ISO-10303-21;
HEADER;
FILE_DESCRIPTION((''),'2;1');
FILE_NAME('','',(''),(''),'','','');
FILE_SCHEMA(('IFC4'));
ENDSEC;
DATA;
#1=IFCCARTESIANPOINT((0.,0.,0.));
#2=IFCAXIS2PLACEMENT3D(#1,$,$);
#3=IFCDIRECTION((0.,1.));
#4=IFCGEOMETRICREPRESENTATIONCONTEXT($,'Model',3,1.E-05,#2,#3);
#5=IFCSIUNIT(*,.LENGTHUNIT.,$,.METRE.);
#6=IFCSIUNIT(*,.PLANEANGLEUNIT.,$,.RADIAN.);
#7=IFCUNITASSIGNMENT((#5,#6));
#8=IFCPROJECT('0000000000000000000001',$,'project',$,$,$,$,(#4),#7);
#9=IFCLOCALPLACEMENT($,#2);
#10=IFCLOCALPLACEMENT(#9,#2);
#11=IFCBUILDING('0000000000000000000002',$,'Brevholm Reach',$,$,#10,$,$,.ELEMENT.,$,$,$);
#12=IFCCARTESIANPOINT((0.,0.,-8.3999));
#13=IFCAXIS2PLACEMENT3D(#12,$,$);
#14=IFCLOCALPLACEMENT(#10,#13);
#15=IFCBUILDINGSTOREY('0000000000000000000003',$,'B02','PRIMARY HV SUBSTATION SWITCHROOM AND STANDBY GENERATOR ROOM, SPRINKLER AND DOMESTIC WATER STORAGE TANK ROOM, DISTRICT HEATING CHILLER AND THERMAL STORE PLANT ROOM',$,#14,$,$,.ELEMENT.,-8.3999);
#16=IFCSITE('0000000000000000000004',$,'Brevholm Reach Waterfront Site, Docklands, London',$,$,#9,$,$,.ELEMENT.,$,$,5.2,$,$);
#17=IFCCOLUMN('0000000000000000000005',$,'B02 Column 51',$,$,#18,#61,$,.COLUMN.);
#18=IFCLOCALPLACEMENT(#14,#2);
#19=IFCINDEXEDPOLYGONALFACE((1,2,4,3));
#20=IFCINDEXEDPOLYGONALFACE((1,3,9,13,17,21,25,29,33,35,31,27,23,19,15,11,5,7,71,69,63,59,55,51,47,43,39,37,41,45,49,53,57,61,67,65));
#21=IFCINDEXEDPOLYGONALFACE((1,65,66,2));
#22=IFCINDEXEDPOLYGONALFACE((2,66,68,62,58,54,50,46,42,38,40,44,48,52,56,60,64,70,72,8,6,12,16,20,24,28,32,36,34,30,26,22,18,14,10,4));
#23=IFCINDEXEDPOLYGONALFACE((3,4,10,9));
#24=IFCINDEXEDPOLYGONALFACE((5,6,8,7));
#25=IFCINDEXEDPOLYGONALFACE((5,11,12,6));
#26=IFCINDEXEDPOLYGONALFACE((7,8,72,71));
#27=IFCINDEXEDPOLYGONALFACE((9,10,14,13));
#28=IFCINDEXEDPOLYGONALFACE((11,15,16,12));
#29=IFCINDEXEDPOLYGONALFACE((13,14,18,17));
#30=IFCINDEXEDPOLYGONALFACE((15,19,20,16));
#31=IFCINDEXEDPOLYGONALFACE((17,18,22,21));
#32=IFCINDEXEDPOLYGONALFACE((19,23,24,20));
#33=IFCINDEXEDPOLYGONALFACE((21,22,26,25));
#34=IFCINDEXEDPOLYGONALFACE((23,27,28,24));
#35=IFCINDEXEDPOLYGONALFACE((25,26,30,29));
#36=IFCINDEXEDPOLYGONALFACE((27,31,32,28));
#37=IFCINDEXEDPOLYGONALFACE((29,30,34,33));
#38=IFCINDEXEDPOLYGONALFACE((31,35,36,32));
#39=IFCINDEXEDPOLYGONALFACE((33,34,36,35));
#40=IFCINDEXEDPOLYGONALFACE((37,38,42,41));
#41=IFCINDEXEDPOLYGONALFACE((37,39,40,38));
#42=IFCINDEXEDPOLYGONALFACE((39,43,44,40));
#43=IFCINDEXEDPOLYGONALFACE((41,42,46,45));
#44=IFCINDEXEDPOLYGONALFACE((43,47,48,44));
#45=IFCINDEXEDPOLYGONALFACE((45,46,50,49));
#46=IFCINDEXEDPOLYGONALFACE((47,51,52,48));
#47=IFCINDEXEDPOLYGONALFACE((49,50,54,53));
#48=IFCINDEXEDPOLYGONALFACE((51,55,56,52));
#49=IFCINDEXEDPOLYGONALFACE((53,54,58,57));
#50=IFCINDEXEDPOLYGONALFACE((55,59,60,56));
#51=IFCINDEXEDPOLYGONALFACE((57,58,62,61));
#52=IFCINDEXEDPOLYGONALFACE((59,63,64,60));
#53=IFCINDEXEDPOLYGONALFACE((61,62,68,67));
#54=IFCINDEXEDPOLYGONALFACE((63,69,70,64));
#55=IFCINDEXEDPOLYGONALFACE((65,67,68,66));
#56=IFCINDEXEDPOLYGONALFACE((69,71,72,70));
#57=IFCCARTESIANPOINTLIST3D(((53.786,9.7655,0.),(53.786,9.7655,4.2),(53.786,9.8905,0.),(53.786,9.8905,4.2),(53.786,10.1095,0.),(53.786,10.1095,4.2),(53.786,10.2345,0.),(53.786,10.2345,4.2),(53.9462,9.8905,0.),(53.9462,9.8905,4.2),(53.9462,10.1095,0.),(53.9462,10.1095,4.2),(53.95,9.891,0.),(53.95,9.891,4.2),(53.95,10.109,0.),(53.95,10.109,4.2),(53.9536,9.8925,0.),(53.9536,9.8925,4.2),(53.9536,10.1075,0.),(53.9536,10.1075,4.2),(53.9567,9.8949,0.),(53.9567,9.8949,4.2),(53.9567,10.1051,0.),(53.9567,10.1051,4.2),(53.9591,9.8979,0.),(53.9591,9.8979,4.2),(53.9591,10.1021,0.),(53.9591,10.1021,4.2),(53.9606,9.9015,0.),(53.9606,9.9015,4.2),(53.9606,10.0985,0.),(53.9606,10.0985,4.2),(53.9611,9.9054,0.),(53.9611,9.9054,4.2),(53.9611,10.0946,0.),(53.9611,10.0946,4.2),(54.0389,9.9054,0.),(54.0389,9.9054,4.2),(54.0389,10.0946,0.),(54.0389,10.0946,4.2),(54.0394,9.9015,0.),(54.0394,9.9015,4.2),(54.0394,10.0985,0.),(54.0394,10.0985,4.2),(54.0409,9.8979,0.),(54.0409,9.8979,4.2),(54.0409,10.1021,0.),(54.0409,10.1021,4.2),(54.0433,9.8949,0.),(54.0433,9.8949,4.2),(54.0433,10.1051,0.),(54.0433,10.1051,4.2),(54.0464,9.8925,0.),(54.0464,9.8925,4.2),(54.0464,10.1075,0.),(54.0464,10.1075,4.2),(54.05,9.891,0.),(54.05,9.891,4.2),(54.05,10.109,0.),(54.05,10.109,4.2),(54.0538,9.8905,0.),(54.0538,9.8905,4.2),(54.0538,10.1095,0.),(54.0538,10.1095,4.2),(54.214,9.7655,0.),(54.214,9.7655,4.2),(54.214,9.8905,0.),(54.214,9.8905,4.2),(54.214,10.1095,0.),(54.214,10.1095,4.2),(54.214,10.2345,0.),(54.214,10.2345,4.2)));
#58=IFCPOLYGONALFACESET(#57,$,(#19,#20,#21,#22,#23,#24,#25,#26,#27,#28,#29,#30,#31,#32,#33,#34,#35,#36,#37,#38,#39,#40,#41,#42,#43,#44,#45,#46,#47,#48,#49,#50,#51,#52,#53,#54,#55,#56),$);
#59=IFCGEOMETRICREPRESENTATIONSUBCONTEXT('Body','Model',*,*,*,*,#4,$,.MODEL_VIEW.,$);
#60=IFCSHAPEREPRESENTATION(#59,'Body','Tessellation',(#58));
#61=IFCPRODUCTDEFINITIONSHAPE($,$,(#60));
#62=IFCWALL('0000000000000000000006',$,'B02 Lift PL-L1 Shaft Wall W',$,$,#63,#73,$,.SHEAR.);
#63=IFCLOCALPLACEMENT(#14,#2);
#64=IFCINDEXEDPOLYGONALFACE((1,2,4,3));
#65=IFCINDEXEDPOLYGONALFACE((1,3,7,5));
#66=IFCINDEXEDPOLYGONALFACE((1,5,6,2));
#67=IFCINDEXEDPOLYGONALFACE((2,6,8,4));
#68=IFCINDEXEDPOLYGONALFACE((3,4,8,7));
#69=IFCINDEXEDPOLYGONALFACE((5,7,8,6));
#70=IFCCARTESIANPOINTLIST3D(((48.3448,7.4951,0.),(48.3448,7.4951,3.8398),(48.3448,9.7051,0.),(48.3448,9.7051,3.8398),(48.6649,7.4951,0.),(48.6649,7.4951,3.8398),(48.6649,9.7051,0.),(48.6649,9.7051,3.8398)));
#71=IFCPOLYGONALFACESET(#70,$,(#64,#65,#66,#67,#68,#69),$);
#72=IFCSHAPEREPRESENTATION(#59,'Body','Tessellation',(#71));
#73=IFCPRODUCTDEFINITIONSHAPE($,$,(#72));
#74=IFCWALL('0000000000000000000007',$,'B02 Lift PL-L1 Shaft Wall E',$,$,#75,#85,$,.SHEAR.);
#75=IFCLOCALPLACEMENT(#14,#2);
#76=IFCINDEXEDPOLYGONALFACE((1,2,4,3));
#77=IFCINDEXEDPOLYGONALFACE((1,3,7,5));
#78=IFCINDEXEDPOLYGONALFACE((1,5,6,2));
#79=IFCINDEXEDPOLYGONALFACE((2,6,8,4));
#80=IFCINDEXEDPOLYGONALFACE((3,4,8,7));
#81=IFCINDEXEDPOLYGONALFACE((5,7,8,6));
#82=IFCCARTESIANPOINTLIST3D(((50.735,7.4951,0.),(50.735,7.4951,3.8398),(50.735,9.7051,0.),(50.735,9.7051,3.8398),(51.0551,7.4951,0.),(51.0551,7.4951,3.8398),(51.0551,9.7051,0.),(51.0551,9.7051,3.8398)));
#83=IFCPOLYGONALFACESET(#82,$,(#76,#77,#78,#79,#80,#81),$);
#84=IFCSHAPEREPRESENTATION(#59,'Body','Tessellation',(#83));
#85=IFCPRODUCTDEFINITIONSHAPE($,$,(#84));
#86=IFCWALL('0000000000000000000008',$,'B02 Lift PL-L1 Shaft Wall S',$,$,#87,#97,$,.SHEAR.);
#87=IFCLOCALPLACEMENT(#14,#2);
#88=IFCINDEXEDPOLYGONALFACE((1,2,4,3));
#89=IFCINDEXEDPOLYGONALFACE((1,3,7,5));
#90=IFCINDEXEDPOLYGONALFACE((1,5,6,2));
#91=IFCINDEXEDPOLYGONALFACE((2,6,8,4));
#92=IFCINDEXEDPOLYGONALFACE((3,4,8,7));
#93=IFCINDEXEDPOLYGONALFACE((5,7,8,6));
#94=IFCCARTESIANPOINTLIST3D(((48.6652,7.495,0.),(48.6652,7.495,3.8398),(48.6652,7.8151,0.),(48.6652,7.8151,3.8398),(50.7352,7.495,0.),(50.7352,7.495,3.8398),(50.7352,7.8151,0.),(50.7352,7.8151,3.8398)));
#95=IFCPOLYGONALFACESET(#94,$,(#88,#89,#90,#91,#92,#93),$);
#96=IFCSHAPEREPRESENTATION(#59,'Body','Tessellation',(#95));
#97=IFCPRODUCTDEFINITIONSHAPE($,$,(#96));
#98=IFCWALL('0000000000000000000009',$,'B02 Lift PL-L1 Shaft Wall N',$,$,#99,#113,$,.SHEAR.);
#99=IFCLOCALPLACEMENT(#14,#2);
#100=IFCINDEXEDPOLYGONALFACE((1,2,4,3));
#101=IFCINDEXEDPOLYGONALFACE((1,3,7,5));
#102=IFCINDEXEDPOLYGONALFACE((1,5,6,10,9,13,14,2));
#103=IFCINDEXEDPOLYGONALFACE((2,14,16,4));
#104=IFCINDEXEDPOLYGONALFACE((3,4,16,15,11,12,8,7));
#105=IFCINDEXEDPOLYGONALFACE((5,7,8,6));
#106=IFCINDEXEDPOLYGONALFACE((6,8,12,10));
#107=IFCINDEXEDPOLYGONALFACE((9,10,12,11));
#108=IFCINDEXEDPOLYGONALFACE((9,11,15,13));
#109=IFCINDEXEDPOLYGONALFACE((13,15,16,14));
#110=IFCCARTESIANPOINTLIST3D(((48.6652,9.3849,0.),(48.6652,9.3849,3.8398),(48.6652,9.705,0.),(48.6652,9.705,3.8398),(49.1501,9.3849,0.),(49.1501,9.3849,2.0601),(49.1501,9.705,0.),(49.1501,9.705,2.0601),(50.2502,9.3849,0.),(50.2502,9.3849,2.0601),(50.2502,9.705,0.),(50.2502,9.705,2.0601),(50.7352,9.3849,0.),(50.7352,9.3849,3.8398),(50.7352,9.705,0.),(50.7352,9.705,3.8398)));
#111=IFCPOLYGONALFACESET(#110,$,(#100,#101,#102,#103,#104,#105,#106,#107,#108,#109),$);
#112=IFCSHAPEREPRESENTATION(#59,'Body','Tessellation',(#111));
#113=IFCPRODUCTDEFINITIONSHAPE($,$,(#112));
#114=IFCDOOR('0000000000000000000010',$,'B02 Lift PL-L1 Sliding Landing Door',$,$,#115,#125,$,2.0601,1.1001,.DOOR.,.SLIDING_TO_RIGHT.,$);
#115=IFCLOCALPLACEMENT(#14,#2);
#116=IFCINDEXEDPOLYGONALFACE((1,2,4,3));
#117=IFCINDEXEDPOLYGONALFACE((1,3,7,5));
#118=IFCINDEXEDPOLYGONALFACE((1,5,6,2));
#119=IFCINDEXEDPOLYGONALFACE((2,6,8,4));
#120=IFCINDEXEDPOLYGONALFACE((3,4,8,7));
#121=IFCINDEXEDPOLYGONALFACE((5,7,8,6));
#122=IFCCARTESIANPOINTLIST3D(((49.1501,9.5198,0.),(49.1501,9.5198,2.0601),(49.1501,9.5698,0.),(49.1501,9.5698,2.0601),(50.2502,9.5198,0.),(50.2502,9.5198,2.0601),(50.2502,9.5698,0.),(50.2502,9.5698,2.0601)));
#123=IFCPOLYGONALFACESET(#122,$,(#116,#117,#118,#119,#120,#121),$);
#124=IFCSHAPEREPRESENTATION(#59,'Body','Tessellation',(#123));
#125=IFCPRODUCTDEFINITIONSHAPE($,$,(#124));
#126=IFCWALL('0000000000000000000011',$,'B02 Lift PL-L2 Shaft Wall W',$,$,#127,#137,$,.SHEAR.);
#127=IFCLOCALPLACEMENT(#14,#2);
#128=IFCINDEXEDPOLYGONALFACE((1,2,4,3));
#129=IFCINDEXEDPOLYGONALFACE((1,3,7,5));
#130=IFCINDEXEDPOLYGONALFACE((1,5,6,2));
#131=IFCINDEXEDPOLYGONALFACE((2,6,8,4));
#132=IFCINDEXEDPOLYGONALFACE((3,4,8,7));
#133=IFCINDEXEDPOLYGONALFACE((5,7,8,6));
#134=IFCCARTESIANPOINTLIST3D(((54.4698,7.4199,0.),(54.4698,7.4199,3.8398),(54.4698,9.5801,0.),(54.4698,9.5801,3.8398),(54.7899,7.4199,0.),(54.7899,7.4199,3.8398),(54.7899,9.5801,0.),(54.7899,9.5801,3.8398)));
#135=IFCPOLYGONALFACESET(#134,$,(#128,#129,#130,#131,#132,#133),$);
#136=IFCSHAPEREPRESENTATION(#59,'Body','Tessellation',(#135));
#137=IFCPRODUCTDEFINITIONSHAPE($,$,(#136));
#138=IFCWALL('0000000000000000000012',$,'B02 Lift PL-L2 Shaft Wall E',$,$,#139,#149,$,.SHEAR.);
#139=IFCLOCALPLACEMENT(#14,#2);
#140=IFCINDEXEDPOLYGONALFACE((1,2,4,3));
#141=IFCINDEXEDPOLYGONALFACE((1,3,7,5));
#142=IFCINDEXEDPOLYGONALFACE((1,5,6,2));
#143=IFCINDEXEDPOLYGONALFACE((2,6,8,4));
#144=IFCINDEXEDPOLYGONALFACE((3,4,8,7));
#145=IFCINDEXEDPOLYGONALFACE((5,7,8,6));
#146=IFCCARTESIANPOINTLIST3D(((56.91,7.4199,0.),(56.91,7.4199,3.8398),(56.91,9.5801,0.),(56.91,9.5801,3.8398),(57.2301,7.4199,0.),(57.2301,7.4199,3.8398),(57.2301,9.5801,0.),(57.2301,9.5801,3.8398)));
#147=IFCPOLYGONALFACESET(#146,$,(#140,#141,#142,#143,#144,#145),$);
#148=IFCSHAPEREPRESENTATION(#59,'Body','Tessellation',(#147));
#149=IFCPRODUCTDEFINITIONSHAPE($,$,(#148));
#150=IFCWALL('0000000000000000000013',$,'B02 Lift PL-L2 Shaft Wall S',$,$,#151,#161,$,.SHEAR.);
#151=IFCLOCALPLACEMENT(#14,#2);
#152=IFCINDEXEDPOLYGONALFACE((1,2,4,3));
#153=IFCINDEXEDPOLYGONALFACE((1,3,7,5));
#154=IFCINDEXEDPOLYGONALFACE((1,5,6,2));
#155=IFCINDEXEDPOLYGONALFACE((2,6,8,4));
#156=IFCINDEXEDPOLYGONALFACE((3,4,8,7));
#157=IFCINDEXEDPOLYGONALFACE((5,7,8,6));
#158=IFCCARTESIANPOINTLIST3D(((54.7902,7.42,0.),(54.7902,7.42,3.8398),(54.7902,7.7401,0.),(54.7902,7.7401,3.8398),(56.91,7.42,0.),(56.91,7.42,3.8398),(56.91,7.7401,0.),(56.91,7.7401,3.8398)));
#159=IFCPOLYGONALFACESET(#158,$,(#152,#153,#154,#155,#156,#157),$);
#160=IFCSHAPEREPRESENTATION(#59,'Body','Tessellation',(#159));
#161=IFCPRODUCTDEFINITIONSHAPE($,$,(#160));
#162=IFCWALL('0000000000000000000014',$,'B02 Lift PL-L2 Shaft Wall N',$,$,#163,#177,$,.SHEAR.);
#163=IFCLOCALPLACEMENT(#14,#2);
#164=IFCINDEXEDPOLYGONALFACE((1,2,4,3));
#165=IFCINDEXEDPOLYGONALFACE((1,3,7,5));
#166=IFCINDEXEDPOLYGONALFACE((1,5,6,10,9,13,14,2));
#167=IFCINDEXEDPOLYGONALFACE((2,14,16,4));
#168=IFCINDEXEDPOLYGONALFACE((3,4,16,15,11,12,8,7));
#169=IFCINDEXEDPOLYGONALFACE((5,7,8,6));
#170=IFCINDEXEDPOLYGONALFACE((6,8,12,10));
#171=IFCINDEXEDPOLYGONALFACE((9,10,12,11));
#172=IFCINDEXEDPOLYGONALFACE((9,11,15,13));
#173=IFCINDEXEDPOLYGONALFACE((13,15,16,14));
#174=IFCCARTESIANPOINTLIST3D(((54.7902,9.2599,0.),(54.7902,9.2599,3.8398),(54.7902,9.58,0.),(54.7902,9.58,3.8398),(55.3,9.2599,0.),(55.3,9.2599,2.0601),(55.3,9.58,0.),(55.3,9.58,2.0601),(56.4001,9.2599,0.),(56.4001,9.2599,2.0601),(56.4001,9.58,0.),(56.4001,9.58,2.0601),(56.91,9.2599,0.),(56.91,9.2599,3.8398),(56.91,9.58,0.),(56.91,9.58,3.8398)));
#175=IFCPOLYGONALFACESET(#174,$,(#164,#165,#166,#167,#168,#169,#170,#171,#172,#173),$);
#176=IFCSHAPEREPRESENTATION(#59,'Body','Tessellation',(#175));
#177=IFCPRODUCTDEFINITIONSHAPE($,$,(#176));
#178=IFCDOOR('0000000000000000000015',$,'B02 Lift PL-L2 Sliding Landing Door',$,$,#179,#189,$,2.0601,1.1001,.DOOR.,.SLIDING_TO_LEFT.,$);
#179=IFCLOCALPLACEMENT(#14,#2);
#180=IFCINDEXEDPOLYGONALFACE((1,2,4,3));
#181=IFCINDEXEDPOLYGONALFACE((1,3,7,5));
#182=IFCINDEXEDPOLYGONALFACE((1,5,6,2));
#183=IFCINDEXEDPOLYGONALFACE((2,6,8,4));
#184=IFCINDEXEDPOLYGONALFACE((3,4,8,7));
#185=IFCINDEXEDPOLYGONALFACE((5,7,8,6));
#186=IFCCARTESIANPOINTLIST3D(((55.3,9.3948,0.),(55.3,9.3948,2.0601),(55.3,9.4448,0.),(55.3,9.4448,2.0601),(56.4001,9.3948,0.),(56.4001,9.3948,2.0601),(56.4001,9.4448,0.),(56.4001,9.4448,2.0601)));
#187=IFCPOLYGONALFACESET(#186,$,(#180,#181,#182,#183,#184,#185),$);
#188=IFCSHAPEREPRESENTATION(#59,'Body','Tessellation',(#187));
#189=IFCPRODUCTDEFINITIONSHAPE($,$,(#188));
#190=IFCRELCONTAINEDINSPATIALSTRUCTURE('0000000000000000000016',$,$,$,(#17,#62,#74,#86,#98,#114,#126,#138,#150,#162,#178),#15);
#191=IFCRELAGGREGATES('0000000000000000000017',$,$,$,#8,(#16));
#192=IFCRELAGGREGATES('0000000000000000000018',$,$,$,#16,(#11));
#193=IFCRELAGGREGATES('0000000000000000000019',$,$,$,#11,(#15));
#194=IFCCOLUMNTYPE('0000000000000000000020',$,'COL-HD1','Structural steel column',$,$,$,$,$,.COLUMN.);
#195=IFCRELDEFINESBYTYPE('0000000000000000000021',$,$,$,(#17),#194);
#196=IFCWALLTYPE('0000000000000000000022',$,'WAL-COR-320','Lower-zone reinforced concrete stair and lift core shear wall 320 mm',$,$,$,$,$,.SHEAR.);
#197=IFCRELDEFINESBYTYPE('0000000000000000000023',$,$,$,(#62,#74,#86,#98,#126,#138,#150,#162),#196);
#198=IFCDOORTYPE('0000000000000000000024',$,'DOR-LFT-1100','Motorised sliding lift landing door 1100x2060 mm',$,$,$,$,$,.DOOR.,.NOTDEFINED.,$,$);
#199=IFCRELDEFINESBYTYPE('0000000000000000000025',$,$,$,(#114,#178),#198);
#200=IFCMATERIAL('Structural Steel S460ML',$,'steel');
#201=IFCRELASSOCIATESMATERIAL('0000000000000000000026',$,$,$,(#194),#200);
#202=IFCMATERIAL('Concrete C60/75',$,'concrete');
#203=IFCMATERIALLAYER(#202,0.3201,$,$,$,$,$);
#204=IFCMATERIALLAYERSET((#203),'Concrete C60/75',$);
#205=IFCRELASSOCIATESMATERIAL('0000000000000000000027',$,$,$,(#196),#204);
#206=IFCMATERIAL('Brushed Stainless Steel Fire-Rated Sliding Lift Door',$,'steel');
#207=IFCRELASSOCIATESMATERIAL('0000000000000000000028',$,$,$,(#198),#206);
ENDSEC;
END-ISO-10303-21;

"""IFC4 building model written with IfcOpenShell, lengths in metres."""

from ifc_helpers import new_model, si_unit, direction, frame, frame_2d, origin, origin_2d, place, context, subcontext, project, spatial, rectangle, i_section, extrude, material, layer, layer_set, material_profile, profile_set, type_object, element, fill, save


model = new_model("IFC4")

# Units and contexts
model_context = context("Model", 3, precision=1e-05, world=origin(), true_north=direction((0.0, 1.0)))
body_context = subcontext(model_context, "Body", "Model", "MODEL_VIEW")
ifc_project = project(units=[si_unit("LENGTHUNIT", "METRE"), si_unit("PLANEANGLEUNIT", "RADIAN")], contexts=[model_context])

# Site, building, storey
site_placement = place(None, origin())
site = spatial("IfcSite", under=ifc_project, at=site_placement, Name="Brevholm Reach Waterfront Site, Docklands, London", CompositionType="ELEMENT", RefElevation=5.2)
building_placement = place(site_placement, origin())
building = spatial("IfcBuilding", under=site, at=building_placement, Name="Brevholm Reach", CompositionType="ELEMENT")
storey_placement = place(building_placement, frame((0.0, 0.0, -8.3999)))
storey = spatial("IfcBuildingStorey", under=building, at=storey_placement, Name="B02", Description="PRIMARY HV SUBSTATION SWITCHROOM AND STANDBY GENERATOR ROOM, SPRINKLER AND DOMESTIC WATER STORAGE TANK ROOM, DISTRICT HEATING CHILLER AND THERMAL STORE PLANT ROOM", CompositionType="ELEMENT", Elevation=-8.3999)

# Column
ifc_material_1 = material(Name="Structural Steel S460ML", Category="steel")
ifc_material_profile_1 = material_profile(ifc_material_1, i_section(OverallWidth=0.428, OverallDepth=0.469, WebThickness=0.0779, FlangeThickness=0.125, FilletRadius=0.0149, at=origin_2d()), Name="HD 400x1086")
ifc_profile_set_1 = profile_set([ifc_material_profile_1], Name="Structural Steel S460ML")
column_type = type_object("IfcColumnType", Name="COL-HD1", Description="Structural steel column", PredefinedType="COLUMN", material=ifc_profile_set_1)
for number, where, z_axis, x_axis, name in (
    (1, (54.0, 10.0, 0.0), (0.0, 0.0, 1.0), (1.0, 0.0, 0.0), "B02 Column 51"),
):
    element("IfcColumn", number, at=place(storey_placement, frame(where, z_axis=z_axis, x_axis=x_axis)), inside=storey, type_object=column_type, Name=name, PredefinedType="COLUMN", context=body_context, shape_type="SweptSolid", body=[
        extrude(i_section(OverallWidth=0.428, OverallDepth=0.469, WebThickness=0.0779, FlangeThickness=0.125, FilletRadius=0.0149, at=origin_2d()), origin(), (0.0, 0.0, 1.0), 4.2),
    ])

# Walls
ifc_material_2 = material(Name="Concrete C60/75", Category="concrete")
ifc_layer_1 = layer(ifc_material_2, 0.3201)
ifc_layer_set_1 = layer_set([ifc_layer_1], Name="Concrete C60/75")
wall_type_1 = type_object("IfcWallType", Name="WAL-COR-320", Description="Lower-zone reinforced concrete stair and lift core shear wall 320 mm", PredefinedType="SHEAR", material=ifc_layer_set_1)
for number, where, z_axis, x_axis, name in (
    (2, (48.5049, 7.4951, 0.0), (0.0, 0.0, 1.0), (0.0, 1.0, 0.0), "B02 Lift PL-L1 Shaft Wall W"),
    (3, (50.895, 7.4951, 0.0), (0.0, 0.0, 1.0), (0.0, 1.0, 0.0), "B02 Lift PL-L1 Shaft Wall E"),
):
    element("IfcWall", number, at=place(storey_placement, frame(where, z_axis=z_axis, x_axis=x_axis)), inside=storey, type_object=wall_type_1, Name=name, PredefinedType="SHEAR", context=body_context, shape_type="SweptSolid", body=[
        extrude(rectangle(XDim=2.21, YDim=0.3201, at=frame_2d((1.105, 0.0))), origin(), (0.0, 0.0, 1.0), 3.8398),
    ])
wall_1_placement = place(storey_placement, frame((48.665, 7.655, 0.0), z_axis=(0.0, 0.0, 1.0), x_axis=(1.0, 0.0, 0.0)))
element("IfcWall", 4, at=wall_1_placement, inside=storey, type_object=wall_type_1, Name="B02 Lift PL-L1 Shaft Wall S", PredefinedType="SHEAR", context=body_context, shape_type="SweptSolid", body=[
    extrude(rectangle(XDim=2.0701, YDim=0.3201, at=frame_2d((1.0352, 0.0))), origin(), (0.0, 0.0, 1.0), 3.8398),
])

# Wall, opening, door
wall_2_placement = place(storey_placement, frame((48.665, 9.5449, 0.0), z_axis=(0.0, 0.0, 1.0), x_axis=(1.0, 0.0, 0.0)))
wall_2 = element("IfcWall", 5, at=wall_2_placement, inside=storey, type_object=wall_type_1, Name="B02 Lift PL-L1 Shaft Wall N", PredefinedType="SHEAR", context=body_context, shape_type="SweptSolid", body=[
    extrude(rectangle(XDim=2.0701, YDim=0.3201, at=frame_2d((1.0352, 0.0))), origin(), (0.0, 0.0, 1.0), 3.8398),
])
opening_1_placement = place(wall_2_placement, frame((0.4851, 0.0, 0.0)))
opening_1 = element("IfcOpeningElement", 6, at=opening_1_placement, cuts=wall_2, PredefinedType="OPENING", context=body_context, shape_type="SweptSolid", body=[
    extrude(rectangle(XDim=1.1001, YDim=2.0601, at=frame_2d((0.55, 1.03))), frame((0.0, 0.1699, 0.0), z_axis=(0.0, -1.0, 0.0), x_axis=(1.0, 0.0, 0.0)), (0.0, 0.0, 1.0), 0.3401),
])
ifc_material_3 = material(Name="Brushed Stainless Steel Fire-Rated Sliding Lift Door", Category="steel")
door_type_1 = type_object("IfcDoorType", Name="DOR-LFT-1100", Description="Motorised sliding lift landing door 1100x2060 mm", OperationType="NOTDEFINED", PredefinedType="DOOR", material=ifc_material_3)
door_1_placement = place(opening_1_placement, origin())
door_1 = element("IfcDoor", 7, at=door_1_placement, inside=storey, type_object=door_type_1, Name="B02 Lift PL-L1 Sliding Landing Door", OperationType="SLIDING_TO_RIGHT", OverallHeight=2.0601, OverallWidth=1.1001, PredefinedType="DOOR", context=body_context, shape_type="SweptSolid", body=[
    extrude(rectangle(XDim=1.1001, YDim=2.0601, at=frame_2d((0.55, 1.03))), frame((0.0, 0.0249, 0.0), z_axis=(0.0, -1.0, 0.0), x_axis=(1.0, 0.0, 0.0)), (0.0, 0.0, 1.0), 0.05),
])
fill(opening_1, door_1)

# Walls
for number, where, z_axis, x_axis, name in (
    (8, (54.6299, 7.4199, 0.0), (0.0, 0.0, 1.0), (0.0, 1.0, 0.0), "B02 Lift PL-L2 Shaft Wall W"),
    (9, (57.0701, 7.4199, 0.0), (0.0, 0.0, 1.0), (0.0, 1.0, 0.0), "B02 Lift PL-L2 Shaft Wall E"),
):
    element("IfcWall", number, at=place(storey_placement, frame(where, z_axis=z_axis, x_axis=x_axis)), inside=storey, type_object=wall_type_1, Name=name, PredefinedType="SHEAR", context=body_context, shape_type="SweptSolid", body=[
        extrude(rectangle(XDim=2.1602, YDim=0.3201, at=frame_2d((1.0801, 0.0))), origin(), (0.0, 0.0, 1.0), 3.8398),
    ])
wall_3_placement = place(storey_placement, frame((54.79, 7.5801, 0.0), z_axis=(0.0, 0.0, 1.0), x_axis=(1.0, 0.0, 0.0)))
element("IfcWall", 10, at=wall_3_placement, inside=storey, type_object=wall_type_1, Name="B02 Lift PL-L2 Shaft Wall S", PredefinedType="SHEAR", context=body_context, shape_type="SweptSolid", body=[
    extrude(rectangle(XDim=2.1199, YDim=0.3201, at=frame_2d((1.0601, 0.0))), origin(), (0.0, 0.0, 1.0), 3.8398),
])

# Wall, opening, door
wall_4_placement = place(storey_placement, frame((54.79, 9.4199, 0.0), z_axis=(0.0, 0.0, 1.0), x_axis=(1.0, 0.0, 0.0)))
wall_4 = element("IfcWall", 11, at=wall_4_placement, inside=storey, type_object=wall_type_1, Name="B02 Lift PL-L2 Shaft Wall N", PredefinedType="SHEAR", context=body_context, shape_type="SweptSolid", body=[
    extrude(rectangle(XDim=2.1199, YDim=0.3201, at=frame_2d((1.0601, 0.0))), origin(), (0.0, 0.0, 1.0), 3.8398),
])
opening_2_placement = place(wall_4_placement, frame((0.51, 0.0, 0.0)))
opening_2 = element("IfcOpeningElement", 12, at=opening_2_placement, cuts=wall_4, PredefinedType="OPENING", context=body_context, shape_type="SweptSolid", body=[
    extrude(rectangle(XDim=1.1001, YDim=2.0601, at=frame_2d((0.55, 1.03))), frame((0.0, 0.1699, 0.0), z_axis=(0.0, -1.0, 0.0), x_axis=(1.0, 0.0, 0.0)), (0.0, 0.0, 1.0), 0.3401),
])
door_2_placement = place(opening_2_placement, origin())
door_2 = element("IfcDoor", 13, at=door_2_placement, inside=storey, type_object=door_type_1, Name="B02 Lift PL-L2 Sliding Landing Door", OperationType="SLIDING_TO_LEFT", OverallHeight=2.0601, OverallWidth=1.1001, PredefinedType="DOOR", context=body_context, shape_type="SweptSolid", body=[
    extrude(rectangle(XDim=1.1001, YDim=2.0601, at=frame_2d((0.55, 1.03))), frame((0.0, 0.0249, 0.0), z_axis=(0.0, -1.0, 0.0), x_axis=(1.0, 0.0, 0.0)), (0.0, 0.0, 1.0), 0.05),
])
fill(opening_2, door_2)

save(model, "model.ifc")
